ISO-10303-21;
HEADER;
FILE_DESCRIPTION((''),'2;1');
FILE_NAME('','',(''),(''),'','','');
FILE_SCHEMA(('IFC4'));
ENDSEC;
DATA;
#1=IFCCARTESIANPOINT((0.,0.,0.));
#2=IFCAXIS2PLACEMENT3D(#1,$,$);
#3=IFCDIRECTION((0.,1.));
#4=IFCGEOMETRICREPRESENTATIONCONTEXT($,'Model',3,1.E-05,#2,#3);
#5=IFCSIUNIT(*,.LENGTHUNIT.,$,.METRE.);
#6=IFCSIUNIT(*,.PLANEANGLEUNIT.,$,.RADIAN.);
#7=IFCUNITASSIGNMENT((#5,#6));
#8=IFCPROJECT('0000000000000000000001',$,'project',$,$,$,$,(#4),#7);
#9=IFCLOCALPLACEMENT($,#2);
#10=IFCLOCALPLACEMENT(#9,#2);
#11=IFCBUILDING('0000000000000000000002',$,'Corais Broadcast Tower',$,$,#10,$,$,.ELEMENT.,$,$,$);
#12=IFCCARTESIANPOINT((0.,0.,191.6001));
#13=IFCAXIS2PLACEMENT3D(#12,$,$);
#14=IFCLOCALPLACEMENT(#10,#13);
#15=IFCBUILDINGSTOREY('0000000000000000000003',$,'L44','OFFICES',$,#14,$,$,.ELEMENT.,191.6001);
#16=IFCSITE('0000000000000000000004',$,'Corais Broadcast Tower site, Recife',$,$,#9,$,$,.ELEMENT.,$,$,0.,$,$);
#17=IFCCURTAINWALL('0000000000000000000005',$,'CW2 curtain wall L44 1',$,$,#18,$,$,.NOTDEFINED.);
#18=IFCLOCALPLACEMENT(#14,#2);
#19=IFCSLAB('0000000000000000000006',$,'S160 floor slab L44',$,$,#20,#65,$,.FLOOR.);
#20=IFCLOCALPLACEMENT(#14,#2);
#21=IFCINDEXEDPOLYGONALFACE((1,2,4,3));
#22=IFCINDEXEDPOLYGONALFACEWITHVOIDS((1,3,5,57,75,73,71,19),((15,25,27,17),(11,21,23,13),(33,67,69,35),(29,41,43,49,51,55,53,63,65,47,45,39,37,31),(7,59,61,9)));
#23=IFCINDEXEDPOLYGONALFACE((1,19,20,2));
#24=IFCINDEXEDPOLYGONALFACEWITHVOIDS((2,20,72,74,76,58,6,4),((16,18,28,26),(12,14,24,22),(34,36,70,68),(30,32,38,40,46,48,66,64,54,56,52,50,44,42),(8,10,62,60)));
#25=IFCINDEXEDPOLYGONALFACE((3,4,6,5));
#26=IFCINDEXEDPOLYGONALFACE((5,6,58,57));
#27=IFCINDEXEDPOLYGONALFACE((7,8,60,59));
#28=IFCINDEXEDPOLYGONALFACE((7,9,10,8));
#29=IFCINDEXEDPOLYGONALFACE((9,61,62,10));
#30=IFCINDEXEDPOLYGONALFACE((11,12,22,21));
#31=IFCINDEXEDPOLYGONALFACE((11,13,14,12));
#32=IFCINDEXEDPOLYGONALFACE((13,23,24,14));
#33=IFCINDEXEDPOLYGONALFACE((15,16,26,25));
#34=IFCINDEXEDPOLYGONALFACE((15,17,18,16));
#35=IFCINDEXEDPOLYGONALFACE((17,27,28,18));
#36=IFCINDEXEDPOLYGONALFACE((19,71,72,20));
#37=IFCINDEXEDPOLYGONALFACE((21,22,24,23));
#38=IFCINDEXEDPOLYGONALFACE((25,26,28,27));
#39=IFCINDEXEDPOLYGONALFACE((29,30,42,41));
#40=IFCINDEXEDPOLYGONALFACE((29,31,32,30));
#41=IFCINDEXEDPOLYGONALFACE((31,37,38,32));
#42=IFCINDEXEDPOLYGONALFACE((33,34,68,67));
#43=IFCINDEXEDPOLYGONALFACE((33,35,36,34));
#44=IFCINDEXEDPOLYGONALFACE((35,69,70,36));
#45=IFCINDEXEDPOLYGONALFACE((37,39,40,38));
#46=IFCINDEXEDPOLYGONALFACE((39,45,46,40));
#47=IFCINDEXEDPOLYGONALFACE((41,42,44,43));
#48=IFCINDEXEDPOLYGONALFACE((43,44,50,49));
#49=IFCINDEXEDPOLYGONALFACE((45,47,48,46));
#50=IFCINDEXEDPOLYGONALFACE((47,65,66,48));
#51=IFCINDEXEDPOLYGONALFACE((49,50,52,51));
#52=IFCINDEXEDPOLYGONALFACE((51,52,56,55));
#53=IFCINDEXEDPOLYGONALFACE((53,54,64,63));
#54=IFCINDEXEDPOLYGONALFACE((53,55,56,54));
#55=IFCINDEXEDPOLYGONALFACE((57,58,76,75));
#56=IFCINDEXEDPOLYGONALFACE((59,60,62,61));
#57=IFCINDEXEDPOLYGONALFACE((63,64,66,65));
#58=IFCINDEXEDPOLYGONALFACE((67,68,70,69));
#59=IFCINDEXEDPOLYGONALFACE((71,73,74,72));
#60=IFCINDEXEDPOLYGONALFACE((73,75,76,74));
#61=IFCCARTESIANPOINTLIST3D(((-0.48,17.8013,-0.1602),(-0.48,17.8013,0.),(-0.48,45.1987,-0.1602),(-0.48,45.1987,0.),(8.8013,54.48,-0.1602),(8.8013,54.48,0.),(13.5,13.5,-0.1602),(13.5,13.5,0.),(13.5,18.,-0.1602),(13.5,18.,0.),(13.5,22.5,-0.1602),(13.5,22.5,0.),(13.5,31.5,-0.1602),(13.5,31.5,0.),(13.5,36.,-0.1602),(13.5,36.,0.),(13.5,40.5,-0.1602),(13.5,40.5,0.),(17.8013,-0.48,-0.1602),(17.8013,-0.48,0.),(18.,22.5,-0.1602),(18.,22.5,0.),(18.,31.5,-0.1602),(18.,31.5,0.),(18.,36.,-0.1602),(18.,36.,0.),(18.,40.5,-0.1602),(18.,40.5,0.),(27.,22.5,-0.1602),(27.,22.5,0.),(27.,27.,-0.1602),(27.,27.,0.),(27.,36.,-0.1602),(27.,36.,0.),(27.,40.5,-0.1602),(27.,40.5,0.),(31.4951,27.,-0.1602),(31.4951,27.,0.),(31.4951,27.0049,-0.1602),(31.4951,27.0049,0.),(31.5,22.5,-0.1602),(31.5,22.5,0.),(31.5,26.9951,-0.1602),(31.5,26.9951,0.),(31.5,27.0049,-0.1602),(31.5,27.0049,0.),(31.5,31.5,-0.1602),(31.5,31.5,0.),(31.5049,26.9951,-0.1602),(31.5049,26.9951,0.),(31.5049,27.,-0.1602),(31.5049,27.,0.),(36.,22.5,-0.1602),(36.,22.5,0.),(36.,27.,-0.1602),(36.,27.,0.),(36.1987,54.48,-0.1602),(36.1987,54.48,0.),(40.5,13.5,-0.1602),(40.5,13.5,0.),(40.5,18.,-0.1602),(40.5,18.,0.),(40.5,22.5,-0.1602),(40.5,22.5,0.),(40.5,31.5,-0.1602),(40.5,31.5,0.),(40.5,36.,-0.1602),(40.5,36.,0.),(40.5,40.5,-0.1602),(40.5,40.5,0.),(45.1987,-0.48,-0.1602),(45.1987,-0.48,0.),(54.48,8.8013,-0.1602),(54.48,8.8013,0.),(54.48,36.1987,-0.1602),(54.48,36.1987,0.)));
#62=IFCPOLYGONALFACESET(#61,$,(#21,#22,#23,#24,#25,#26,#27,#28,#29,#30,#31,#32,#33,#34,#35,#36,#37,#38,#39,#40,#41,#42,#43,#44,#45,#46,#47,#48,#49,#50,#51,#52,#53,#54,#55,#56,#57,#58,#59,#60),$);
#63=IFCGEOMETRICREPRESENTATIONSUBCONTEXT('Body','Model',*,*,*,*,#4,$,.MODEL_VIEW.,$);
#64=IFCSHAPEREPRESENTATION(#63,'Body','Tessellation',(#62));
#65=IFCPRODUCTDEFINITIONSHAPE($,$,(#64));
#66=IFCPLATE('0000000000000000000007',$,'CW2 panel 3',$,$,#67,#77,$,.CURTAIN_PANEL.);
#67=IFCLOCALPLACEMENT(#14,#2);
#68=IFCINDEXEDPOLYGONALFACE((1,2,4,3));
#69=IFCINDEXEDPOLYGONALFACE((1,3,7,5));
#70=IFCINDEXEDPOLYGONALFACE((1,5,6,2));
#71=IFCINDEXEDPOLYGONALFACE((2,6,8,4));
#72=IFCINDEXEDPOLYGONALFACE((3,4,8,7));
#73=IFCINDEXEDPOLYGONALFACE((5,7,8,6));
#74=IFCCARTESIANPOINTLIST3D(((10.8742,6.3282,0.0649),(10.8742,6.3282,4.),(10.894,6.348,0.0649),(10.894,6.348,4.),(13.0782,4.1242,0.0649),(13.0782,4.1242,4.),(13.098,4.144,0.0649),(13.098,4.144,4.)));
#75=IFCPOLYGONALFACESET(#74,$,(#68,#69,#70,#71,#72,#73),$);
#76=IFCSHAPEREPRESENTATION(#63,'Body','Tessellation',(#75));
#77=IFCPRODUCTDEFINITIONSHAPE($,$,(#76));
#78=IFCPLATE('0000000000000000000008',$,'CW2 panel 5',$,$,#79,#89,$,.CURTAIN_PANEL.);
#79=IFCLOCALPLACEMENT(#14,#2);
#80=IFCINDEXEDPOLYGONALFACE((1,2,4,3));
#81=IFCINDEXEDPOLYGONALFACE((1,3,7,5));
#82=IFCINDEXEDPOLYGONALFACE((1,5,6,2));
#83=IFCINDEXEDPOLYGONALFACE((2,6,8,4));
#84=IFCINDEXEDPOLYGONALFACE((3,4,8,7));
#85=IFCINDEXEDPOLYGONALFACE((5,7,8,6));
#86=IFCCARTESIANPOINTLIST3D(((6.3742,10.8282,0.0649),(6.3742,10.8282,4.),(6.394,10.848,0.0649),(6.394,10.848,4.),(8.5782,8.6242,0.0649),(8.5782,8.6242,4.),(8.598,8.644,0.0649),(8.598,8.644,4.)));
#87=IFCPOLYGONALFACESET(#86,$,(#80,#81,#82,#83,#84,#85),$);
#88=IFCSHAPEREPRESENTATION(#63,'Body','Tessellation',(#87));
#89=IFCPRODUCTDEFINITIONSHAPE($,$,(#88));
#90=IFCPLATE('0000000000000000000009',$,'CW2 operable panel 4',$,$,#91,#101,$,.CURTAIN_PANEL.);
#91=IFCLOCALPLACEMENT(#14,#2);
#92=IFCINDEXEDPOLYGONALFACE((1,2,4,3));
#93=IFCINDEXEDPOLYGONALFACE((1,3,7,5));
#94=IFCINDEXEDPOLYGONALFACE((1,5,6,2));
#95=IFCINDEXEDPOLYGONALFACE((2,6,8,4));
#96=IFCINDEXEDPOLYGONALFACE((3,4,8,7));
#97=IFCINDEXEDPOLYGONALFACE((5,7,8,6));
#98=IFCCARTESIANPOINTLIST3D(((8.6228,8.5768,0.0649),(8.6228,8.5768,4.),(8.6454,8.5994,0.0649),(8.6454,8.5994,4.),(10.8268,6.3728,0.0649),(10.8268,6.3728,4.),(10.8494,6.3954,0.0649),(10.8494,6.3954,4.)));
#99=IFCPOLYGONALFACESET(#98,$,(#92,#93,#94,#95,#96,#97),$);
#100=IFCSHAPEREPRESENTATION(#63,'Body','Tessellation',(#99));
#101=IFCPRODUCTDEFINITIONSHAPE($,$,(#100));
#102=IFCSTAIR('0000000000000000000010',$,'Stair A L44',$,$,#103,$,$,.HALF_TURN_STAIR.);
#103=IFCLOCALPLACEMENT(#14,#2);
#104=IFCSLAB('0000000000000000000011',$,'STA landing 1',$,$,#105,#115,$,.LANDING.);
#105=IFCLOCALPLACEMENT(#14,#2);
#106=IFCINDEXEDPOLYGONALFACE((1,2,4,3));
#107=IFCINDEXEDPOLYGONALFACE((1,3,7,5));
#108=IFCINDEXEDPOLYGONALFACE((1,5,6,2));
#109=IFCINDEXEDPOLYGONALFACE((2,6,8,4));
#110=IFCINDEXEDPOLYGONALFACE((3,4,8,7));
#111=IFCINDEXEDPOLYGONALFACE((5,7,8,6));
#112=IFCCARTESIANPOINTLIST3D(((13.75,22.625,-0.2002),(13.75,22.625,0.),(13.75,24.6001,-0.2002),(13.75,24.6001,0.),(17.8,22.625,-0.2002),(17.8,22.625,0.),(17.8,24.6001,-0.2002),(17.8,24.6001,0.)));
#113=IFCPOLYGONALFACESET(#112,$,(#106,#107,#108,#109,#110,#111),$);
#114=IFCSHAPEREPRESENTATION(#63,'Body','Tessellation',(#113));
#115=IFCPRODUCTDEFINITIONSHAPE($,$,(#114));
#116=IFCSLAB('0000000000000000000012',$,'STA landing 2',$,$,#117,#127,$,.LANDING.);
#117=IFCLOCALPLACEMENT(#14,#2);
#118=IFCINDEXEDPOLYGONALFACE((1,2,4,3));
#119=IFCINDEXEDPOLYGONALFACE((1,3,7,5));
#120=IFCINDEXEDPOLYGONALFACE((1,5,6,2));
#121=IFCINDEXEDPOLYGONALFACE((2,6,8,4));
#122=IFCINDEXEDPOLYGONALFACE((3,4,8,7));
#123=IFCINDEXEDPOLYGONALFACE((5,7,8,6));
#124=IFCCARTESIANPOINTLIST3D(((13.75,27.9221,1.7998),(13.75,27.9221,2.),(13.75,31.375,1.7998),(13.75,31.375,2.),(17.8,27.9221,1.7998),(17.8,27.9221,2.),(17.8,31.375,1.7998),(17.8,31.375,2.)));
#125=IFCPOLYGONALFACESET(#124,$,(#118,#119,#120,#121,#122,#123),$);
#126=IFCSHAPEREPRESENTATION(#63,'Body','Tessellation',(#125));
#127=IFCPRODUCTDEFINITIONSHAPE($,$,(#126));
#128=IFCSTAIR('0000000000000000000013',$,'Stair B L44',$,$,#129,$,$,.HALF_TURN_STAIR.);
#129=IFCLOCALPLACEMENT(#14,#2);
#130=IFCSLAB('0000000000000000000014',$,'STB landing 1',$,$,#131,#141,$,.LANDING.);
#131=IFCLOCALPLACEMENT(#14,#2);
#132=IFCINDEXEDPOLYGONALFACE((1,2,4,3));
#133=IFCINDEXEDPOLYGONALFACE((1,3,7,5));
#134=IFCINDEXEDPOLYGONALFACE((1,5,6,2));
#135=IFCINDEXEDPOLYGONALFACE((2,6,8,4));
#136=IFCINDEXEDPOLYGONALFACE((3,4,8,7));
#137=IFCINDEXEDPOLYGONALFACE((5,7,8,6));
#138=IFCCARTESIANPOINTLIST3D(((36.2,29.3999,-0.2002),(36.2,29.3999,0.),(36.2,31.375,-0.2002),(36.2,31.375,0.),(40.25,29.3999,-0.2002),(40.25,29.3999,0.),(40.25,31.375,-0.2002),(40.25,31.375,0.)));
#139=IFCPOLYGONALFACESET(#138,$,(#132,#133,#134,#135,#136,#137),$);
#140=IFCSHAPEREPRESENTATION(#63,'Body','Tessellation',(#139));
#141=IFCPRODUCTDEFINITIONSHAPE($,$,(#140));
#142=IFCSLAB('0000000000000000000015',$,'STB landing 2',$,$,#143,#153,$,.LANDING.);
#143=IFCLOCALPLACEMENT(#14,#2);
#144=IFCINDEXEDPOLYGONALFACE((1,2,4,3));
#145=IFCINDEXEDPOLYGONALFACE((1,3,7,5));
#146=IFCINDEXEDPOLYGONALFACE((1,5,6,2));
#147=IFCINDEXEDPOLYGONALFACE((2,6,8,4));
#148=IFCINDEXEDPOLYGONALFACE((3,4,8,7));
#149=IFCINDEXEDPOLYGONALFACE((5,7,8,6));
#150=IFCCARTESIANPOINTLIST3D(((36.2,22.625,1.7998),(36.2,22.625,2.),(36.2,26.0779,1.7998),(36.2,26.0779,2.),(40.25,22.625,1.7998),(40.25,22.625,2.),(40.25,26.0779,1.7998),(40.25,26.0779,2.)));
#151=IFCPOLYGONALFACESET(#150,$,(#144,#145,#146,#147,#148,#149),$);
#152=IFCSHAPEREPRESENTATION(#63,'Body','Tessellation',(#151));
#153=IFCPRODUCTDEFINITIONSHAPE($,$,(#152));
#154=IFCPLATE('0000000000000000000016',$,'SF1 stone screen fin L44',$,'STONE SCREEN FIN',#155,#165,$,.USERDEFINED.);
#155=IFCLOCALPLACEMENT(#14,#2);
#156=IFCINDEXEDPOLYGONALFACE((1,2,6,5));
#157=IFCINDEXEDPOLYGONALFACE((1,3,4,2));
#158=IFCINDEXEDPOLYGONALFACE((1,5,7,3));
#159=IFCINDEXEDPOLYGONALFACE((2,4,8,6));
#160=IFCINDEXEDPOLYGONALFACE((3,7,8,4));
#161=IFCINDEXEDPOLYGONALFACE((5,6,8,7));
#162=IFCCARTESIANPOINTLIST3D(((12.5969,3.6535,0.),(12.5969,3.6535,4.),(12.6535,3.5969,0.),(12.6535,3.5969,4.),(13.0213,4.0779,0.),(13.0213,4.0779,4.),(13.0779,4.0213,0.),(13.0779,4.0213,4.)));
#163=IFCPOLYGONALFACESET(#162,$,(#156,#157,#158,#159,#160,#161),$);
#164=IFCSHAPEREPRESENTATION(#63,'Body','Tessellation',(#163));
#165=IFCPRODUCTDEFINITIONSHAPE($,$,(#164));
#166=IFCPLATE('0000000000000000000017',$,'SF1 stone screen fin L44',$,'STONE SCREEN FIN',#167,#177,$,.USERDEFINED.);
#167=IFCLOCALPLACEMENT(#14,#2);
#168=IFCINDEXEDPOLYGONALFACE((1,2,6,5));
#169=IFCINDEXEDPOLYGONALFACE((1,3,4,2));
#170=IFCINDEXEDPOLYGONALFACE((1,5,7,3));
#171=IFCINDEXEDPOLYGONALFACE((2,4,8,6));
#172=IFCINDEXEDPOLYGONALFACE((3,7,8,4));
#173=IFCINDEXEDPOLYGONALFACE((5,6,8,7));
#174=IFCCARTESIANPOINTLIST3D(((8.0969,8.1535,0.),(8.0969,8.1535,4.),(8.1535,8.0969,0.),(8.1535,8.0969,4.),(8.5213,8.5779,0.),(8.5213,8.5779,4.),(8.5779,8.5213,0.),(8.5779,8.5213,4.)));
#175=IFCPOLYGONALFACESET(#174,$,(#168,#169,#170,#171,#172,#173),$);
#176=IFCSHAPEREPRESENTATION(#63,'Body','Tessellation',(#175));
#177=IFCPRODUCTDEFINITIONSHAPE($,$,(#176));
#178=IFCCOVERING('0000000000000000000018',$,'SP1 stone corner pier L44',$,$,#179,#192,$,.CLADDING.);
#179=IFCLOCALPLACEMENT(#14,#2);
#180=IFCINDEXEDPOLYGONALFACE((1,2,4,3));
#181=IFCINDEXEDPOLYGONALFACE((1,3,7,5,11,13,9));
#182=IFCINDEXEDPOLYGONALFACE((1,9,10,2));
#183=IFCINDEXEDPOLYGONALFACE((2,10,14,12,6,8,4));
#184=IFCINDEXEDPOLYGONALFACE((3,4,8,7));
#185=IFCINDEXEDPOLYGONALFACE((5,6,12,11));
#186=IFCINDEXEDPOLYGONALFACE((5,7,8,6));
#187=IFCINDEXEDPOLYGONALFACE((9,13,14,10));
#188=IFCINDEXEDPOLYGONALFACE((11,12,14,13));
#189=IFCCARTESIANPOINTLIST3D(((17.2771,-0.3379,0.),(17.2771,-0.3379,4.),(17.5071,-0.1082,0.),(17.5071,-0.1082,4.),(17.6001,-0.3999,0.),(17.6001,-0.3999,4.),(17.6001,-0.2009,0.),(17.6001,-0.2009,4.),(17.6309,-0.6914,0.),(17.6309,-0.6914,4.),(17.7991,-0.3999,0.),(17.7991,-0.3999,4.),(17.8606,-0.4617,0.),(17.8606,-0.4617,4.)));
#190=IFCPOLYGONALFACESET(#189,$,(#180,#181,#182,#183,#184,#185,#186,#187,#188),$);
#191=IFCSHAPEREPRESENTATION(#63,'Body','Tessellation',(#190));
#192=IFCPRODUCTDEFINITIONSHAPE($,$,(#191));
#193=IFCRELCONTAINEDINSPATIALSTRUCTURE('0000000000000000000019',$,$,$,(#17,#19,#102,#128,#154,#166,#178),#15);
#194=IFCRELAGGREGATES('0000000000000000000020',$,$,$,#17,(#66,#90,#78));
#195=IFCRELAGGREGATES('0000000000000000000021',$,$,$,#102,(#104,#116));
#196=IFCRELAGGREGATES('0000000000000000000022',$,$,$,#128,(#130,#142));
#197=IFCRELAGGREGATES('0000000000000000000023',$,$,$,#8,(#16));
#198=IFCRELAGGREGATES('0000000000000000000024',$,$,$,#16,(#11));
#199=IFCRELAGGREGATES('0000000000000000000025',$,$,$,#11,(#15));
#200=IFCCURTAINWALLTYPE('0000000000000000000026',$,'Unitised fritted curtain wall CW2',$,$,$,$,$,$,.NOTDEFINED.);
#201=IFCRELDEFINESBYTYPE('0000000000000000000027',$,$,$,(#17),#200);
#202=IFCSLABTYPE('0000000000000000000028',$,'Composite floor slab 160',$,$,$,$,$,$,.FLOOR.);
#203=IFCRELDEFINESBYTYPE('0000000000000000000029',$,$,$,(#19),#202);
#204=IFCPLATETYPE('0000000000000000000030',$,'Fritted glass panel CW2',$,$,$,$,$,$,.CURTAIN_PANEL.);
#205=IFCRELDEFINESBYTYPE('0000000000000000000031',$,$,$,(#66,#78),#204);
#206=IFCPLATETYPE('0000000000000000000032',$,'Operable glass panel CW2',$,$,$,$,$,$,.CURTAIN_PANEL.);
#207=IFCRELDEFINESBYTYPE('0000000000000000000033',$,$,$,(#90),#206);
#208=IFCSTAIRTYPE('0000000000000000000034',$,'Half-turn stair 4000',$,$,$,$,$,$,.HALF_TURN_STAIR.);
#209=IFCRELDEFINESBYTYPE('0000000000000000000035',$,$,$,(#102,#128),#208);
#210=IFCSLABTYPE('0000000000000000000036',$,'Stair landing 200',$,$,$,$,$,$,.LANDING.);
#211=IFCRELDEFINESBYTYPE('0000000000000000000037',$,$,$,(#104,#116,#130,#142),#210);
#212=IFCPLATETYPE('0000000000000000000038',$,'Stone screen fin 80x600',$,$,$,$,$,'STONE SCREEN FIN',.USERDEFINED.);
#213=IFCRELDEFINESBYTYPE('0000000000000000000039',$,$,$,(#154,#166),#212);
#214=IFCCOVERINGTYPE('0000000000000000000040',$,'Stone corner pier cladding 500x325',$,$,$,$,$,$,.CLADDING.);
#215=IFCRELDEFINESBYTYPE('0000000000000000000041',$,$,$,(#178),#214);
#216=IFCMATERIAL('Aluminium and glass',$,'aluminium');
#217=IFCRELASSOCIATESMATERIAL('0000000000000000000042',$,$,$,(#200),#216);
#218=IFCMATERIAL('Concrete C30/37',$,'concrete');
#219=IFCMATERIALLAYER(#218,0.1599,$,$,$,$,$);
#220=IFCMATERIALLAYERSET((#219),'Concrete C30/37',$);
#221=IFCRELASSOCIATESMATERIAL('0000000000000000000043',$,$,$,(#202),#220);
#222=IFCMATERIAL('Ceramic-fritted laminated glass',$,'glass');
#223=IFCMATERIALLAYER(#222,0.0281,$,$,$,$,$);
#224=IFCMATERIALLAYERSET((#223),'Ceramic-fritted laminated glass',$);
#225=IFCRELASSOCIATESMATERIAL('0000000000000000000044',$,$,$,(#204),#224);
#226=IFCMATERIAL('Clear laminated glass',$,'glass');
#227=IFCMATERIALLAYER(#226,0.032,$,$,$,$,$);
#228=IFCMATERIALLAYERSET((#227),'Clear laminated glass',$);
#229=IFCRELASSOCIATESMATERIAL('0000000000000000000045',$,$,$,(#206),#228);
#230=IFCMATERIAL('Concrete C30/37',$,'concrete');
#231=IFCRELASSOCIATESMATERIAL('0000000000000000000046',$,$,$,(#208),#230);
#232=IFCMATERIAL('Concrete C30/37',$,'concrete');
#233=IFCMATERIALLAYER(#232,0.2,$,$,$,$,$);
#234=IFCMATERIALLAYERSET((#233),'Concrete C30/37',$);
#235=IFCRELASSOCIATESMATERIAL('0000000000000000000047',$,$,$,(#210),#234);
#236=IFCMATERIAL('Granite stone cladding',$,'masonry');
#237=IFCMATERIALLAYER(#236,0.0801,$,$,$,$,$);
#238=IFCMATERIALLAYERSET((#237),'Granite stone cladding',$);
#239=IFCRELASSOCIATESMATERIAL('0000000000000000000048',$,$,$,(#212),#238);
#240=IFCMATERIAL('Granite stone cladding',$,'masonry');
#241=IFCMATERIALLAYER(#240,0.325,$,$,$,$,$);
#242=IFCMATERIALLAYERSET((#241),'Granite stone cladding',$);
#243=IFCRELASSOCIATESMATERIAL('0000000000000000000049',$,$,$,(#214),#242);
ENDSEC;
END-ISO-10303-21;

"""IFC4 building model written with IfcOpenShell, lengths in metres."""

from ifc_helpers import new_model, si_unit, direction, frame, origin, origin_2d, place, context, subcontext, project, spatial, polyline, rectangle, outline, extrude, material, layer, layer_set, type_object, element, aggregate, save


model = new_model("IFC4")

# Units and contexts
model_context = context("Model", 3, precision=1e-05, world=origin(), true_north=direction((0.0, 1.0)))
body_context = subcontext(model_context, "Body", "Model", "MODEL_VIEW")
ifc_project = project(units=[si_unit("LENGTHUNIT", "METRE"), si_unit("PLANEANGLEUNIT", "RADIAN")], contexts=[model_context])

# Site, building, storey
site_placement = place(None, origin())
site = spatial("IfcSite", under=ifc_project, at=site_placement, Name="Corais Broadcast Tower site, Recife", CompositionType="ELEMENT", RefElevation=0.0)
building_placement = place(site_placement, origin())
building = spatial("IfcBuilding", under=site, at=building_placement, Name="Corais Broadcast Tower", CompositionType="ELEMENT")
storey_placement = place(building_placement, frame((0.0, 0.0, 191.6001)))
storey = spatial("IfcBuildingStorey", under=building, at=storey_placement, Name="L44", Description="OFFICES", CompositionType="ELEMENT", Elevation=191.6001)

# Curtain wall
ifc_material_1 = material(Name="Aluminium and glass", Category="aluminium")
curtain_wall_type = type_object("IfcCurtainWallType", Name="Unitised fritted curtain wall CW2", PredefinedType="NOTDEFINED", material=ifc_material_1)
curtain_wall_placement = place(storey_placement, origin())
curtain_wall = element("IfcCurtainWall", 1, at=curtain_wall_placement, inside=storey, type_object=curtain_wall_type, Name="CW2 curtain wall L44 1", PredefinedType="NOTDEFINED")

# Slab
ifc_material_2 = material(Name="Concrete C30/37", Category="concrete")
ifc_layer_1 = layer(ifc_material_2, 0.1599)
ifc_layer_set_1 = layer_set([ifc_layer_1], Name="Concrete C30/37")
slab_type_1 = type_object("IfcSlabType", Name="Composite floor slab 160", PredefinedType="FLOOR", material=ifc_layer_set_1)
slab_1_placement = place(storey_placement, frame((0.0, 0.0, -0.1602)))
element("IfcSlab", 2, at=slab_1_placement, inside=storey, type_object=slab_type_1, Name="S160 floor slab L44", PredefinedType="FLOOR", context=body_context, shape_type="SweptSolid", body=[
    extrude(outline(polyline([(17.8013, -0.48), (-0.48, 17.8013), (-0.48, 45.1987), (8.8013, 54.48), (36.1987, 54.48), (54.48, 36.1987), (54.48, 8.8013), (45.1987, -0.48), (17.8013, -0.48)]), holes=[polyline([(13.5, 18.0), (40.5, 18.0), (40.5, 13.5), (13.5, 13.5), (13.5, 18.0)]), polyline([(18.0, 22.5), (13.5, 22.5), (13.5, 31.5), (18.0, 31.5), (18.0, 22.5)]), polyline([(18.0, 36.0), (13.5, 36.0), (13.5, 40.5), (18.0, 40.5), (18.0, 36.0)]), polyline([(31.5, 22.5), (27.0, 22.5), (27.0, 27.0), (31.4951, 27.0), (31.4951, 27.0049), (31.5, 27.0049), (31.5, 31.5), (40.5, 31.5), (40.5, 22.5), (36.0, 22.5), (36.0, 27.0), (31.5049, 27.0), (31.5049, 26.9951), (31.5, 26.9951), (31.5, 22.5)]), polyline([(27.0, 40.5), (40.5, 40.5), (40.5, 36.0), (27.0, 36.0), (27.0, 40.5)])]), origin(), (0.0, 0.0, 1.0), 0.1602),
])

# Plates
ifc_material_3 = material(Name="Ceramic-fritted laminated glass", Category="glass")
ifc_layer_2 = layer(ifc_material_3, 0.0281)
ifc_layer_set_2 = layer_set([ifc_layer_2], Name="Ceramic-fritted laminated glass")
plate_type_1 = type_object("IfcPlateType", Name="Fritted glass panel CW2", PredefinedType="CURTAIN_PANEL", material=ifc_layer_set_2)
plate_1_placement = place(storey_placement, frame((11.9861, 5.2361, 0.0649), z_axis=(0.0, 0.0, 1.0), x_axis=(-0.707107, 0.707107, 0.0)))
plate_1 = element("IfcPlate", 3, at=plate_1_placement, type_object=plate_type_1, Name="CW2 panel 3", PredefinedType="CURTAIN_PANEL", context=body_context, shape_type="SweptSolid", body=[
    extrude(rectangle(XDim=3.1169, YDim=0.0281, at=origin_2d()), origin(), (0.0, 0.0, 1.0), 3.9351),
])
plate_2_placement = place(storey_placement, frame((7.4861, 9.7361, 0.0649), z_axis=(0.0, 0.0, 1.0), x_axis=(-0.707107, 0.707107, 0.0)))
plate_2 = element("IfcPlate", 4, at=plate_2_placement, type_object=plate_type_1, Name="CW2 panel 5", PredefinedType="CURTAIN_PANEL", context=body_context, shape_type="SweptSolid", body=[
    extrude(rectangle(XDim=3.1169, YDim=0.0281, at=origin_2d()), origin(), (0.0, 0.0, 1.0), 3.9351),
])
ifc_material_4 = material(Name="Clear laminated glass", Category="glass")
ifc_layer_3 = layer(ifc_material_4, 0.032)
ifc_layer_set_3 = layer_set([ifc_layer_3], Name="Clear laminated glass")
plate_type_2 = type_object("IfcPlateType", Name="Operable glass panel CW2", PredefinedType="CURTAIN_PANEL", material=ifc_layer_set_3)
plate_3_placement = place(storey_placement, frame((9.7361, 7.4861, 0.0649), z_axis=(0.0, 0.0, 1.0), x_axis=(-0.707107, 0.707107, 0.0)))
plate_3 = element("IfcPlate", 5, at=plate_3_placement, type_object=plate_type_2, Name="CW2 operable panel 4", PredefinedType="CURTAIN_PANEL", context=body_context, shape_type="SweptSolid", body=[
    extrude(rectangle(XDim=3.1169, YDim=0.032, at=origin_2d()), origin(), (0.0, 0.0, 1.0), 3.9351),
])
aggregate(curtain_wall, [plate_1, plate_3, plate_2])

# Stairs, slabs
ifc_material_5 = material(Name="Concrete C30/37", Category="concrete")
stair_type = type_object("IfcStairType", Name="Half-turn stair 4000", PredefinedType="HALF_TURN_STAIR", material=ifc_material_5)
stair_1_placement = place(storey_placement, origin())
stair_1 = element("IfcStair", 6, at=stair_1_placement, inside=storey, type_object=stair_type, Name="Stair A L44", PredefinedType="HALF_TURN_STAIR")
ifc_material_6 = material(Name="Concrete C30/37", Category="concrete")
ifc_layer_4 = layer(ifc_material_6, 0.2)
ifc_layer_set_4 = layer_set([ifc_layer_4], Name="Concrete C30/37")
slab_type_2 = type_object("IfcSlabType", Name="Stair landing 200", PredefinedType="LANDING", material=ifc_layer_set_4)
slab_2_placement = place(storey_placement, frame((0.0, 0.0, -0.2002)))
slab_2 = element("IfcSlab", 7, at=slab_2_placement, type_object=slab_type_2, Name="STA landing 1", PredefinedType="LANDING", context=body_context, shape_type="SweptSolid", body=[
    extrude(outline(polyline([(13.75, 22.625), (17.8, 22.625), (17.8, 24.6001), (13.75, 24.6001), (13.75, 22.625)])), origin(), (0.0, 0.0, 1.0), 0.2002),
])
slab_3_placement = place(storey_placement, frame((0.0, 0.0, 1.7998)))
slab_3 = element("IfcSlab", 8, at=slab_3_placement, type_object=slab_type_2, Name="STA landing 2", PredefinedType="LANDING", context=body_context, shape_type="SweptSolid", body=[
    extrude(outline(polyline([(13.75, 27.9221), (17.8, 27.9221), (17.8, 31.375), (13.75, 31.375), (13.75, 27.9221)])), origin(), (0.0, 0.0, 1.0), 0.2002),
])
aggregate(stair_1, [slab_2, slab_3])
stair_2_placement = place(storey_placement, origin())
stair_2 = element("IfcStair", 9, at=stair_2_placement, inside=storey, type_object=stair_type, Name="Stair B L44", PredefinedType="HALF_TURN_STAIR")
slab_4_placement = place(storey_placement, frame((0.0, 0.0, -0.2002)))
slab_4 = element("IfcSlab", 10, at=slab_4_placement, type_object=slab_type_2, Name="STB landing 1", PredefinedType="LANDING", context=body_context, shape_type="SweptSolid", body=[
    extrude(outline(polyline([(36.2, 29.3999), (40.25, 29.3999), (40.25, 31.375), (36.2, 31.375), (36.2, 29.3999)])), origin(), (0.0, 0.0, 1.0), 0.2002),
])
slab_5_placement = place(storey_placement, frame((0.0, 0.0, 1.7998)))
slab_5 = element("IfcSlab", 11, at=slab_5_placement, type_object=slab_type_2, Name="STB landing 2", PredefinedType="LANDING", context=body_context, shape_type="SweptSolid", body=[
    extrude(outline(polyline([(36.2, 22.625), (40.25, 22.625), (40.25, 26.0779), (36.2, 26.0779), (36.2, 22.625)])), origin(), (0.0, 0.0, 1.0), 0.2002),
])
aggregate(stair_2, [slab_4, slab_5])

# Plates
ifc_material_7 = material(Name="Granite stone cladding", Category="masonry")
ifc_layer_5 = layer(ifc_material_7, 0.0801)
ifc_layer_set_5 = layer_set([ifc_layer_5], Name="Granite stone cladding")
plate_type_3 = type_object("IfcPlateType", Name="Stone screen fin 80x600", ElementType="STONE SCREEN FIN", PredefinedType="USERDEFINED", material=ifc_layer_set_5)
for number, where, z_axis, x_axis, name in (
    (12, (12.8374, 3.8374, 0.0), (0.0, 0.0, 1.0), (-0.707107, 0.707107, 0.0), "SF1 stone screen fin L44"),
    (13, (8.3374, 8.3374, 0.0), (0.0, 0.0, 1.0), (-0.707107, 0.707107, 0.0), "SF1 stone screen fin L44"),
):
    element("IfcPlate", number, at=place(storey_placement, frame(where, z_axis=z_axis, x_axis=x_axis)), inside=storey, type_object=plate_type_3, Name=name, ObjectType="STONE SCREEN FIN", PredefinedType="USERDEFINED", context=body_context, shape_type="SweptSolid", body=[
        extrude(rectangle(XDim=0.0801, YDim=0.6001, at=origin_2d()), origin(), (0.0, 0.0, 1.0), 4.0),
    ])

# Covering
ifc_material_8 = material(Name="Granite stone cladding", Category="masonry")
ifc_layer_6 = layer(ifc_material_8, 0.325)
ifc_layer_set_6 = layer_set([ifc_layer_6], Name="Granite stone cladding")
covering_type_1 = type_object("IfcCoveringType", Name="Stone corner pier cladding 500x325", PredefinedType="CLADDING", material=ifc_layer_set_6)
covering_1_placement = place(storey_placement, origin())
element("IfcCovering", 14, at=covering_1_placement, inside=storey, type_object=covering_type_1, Name="SP1 stone corner pier L44", PredefinedType="CLADDING", context=body_context, shape_type="SweptSolid", body=[
    extrude(outline(polyline([(17.8606, -0.4617), (17.7991, -0.3999), (17.6001, -0.3999), (17.6001, -0.2009), (17.5071, -0.1082), (17.2771, -0.3379), (17.6309, -0.6914), (17.8606, -0.4617)])), origin(), (0.0, 0.0, 1.0), 4.0),
])

save(model, "model.ifc")
